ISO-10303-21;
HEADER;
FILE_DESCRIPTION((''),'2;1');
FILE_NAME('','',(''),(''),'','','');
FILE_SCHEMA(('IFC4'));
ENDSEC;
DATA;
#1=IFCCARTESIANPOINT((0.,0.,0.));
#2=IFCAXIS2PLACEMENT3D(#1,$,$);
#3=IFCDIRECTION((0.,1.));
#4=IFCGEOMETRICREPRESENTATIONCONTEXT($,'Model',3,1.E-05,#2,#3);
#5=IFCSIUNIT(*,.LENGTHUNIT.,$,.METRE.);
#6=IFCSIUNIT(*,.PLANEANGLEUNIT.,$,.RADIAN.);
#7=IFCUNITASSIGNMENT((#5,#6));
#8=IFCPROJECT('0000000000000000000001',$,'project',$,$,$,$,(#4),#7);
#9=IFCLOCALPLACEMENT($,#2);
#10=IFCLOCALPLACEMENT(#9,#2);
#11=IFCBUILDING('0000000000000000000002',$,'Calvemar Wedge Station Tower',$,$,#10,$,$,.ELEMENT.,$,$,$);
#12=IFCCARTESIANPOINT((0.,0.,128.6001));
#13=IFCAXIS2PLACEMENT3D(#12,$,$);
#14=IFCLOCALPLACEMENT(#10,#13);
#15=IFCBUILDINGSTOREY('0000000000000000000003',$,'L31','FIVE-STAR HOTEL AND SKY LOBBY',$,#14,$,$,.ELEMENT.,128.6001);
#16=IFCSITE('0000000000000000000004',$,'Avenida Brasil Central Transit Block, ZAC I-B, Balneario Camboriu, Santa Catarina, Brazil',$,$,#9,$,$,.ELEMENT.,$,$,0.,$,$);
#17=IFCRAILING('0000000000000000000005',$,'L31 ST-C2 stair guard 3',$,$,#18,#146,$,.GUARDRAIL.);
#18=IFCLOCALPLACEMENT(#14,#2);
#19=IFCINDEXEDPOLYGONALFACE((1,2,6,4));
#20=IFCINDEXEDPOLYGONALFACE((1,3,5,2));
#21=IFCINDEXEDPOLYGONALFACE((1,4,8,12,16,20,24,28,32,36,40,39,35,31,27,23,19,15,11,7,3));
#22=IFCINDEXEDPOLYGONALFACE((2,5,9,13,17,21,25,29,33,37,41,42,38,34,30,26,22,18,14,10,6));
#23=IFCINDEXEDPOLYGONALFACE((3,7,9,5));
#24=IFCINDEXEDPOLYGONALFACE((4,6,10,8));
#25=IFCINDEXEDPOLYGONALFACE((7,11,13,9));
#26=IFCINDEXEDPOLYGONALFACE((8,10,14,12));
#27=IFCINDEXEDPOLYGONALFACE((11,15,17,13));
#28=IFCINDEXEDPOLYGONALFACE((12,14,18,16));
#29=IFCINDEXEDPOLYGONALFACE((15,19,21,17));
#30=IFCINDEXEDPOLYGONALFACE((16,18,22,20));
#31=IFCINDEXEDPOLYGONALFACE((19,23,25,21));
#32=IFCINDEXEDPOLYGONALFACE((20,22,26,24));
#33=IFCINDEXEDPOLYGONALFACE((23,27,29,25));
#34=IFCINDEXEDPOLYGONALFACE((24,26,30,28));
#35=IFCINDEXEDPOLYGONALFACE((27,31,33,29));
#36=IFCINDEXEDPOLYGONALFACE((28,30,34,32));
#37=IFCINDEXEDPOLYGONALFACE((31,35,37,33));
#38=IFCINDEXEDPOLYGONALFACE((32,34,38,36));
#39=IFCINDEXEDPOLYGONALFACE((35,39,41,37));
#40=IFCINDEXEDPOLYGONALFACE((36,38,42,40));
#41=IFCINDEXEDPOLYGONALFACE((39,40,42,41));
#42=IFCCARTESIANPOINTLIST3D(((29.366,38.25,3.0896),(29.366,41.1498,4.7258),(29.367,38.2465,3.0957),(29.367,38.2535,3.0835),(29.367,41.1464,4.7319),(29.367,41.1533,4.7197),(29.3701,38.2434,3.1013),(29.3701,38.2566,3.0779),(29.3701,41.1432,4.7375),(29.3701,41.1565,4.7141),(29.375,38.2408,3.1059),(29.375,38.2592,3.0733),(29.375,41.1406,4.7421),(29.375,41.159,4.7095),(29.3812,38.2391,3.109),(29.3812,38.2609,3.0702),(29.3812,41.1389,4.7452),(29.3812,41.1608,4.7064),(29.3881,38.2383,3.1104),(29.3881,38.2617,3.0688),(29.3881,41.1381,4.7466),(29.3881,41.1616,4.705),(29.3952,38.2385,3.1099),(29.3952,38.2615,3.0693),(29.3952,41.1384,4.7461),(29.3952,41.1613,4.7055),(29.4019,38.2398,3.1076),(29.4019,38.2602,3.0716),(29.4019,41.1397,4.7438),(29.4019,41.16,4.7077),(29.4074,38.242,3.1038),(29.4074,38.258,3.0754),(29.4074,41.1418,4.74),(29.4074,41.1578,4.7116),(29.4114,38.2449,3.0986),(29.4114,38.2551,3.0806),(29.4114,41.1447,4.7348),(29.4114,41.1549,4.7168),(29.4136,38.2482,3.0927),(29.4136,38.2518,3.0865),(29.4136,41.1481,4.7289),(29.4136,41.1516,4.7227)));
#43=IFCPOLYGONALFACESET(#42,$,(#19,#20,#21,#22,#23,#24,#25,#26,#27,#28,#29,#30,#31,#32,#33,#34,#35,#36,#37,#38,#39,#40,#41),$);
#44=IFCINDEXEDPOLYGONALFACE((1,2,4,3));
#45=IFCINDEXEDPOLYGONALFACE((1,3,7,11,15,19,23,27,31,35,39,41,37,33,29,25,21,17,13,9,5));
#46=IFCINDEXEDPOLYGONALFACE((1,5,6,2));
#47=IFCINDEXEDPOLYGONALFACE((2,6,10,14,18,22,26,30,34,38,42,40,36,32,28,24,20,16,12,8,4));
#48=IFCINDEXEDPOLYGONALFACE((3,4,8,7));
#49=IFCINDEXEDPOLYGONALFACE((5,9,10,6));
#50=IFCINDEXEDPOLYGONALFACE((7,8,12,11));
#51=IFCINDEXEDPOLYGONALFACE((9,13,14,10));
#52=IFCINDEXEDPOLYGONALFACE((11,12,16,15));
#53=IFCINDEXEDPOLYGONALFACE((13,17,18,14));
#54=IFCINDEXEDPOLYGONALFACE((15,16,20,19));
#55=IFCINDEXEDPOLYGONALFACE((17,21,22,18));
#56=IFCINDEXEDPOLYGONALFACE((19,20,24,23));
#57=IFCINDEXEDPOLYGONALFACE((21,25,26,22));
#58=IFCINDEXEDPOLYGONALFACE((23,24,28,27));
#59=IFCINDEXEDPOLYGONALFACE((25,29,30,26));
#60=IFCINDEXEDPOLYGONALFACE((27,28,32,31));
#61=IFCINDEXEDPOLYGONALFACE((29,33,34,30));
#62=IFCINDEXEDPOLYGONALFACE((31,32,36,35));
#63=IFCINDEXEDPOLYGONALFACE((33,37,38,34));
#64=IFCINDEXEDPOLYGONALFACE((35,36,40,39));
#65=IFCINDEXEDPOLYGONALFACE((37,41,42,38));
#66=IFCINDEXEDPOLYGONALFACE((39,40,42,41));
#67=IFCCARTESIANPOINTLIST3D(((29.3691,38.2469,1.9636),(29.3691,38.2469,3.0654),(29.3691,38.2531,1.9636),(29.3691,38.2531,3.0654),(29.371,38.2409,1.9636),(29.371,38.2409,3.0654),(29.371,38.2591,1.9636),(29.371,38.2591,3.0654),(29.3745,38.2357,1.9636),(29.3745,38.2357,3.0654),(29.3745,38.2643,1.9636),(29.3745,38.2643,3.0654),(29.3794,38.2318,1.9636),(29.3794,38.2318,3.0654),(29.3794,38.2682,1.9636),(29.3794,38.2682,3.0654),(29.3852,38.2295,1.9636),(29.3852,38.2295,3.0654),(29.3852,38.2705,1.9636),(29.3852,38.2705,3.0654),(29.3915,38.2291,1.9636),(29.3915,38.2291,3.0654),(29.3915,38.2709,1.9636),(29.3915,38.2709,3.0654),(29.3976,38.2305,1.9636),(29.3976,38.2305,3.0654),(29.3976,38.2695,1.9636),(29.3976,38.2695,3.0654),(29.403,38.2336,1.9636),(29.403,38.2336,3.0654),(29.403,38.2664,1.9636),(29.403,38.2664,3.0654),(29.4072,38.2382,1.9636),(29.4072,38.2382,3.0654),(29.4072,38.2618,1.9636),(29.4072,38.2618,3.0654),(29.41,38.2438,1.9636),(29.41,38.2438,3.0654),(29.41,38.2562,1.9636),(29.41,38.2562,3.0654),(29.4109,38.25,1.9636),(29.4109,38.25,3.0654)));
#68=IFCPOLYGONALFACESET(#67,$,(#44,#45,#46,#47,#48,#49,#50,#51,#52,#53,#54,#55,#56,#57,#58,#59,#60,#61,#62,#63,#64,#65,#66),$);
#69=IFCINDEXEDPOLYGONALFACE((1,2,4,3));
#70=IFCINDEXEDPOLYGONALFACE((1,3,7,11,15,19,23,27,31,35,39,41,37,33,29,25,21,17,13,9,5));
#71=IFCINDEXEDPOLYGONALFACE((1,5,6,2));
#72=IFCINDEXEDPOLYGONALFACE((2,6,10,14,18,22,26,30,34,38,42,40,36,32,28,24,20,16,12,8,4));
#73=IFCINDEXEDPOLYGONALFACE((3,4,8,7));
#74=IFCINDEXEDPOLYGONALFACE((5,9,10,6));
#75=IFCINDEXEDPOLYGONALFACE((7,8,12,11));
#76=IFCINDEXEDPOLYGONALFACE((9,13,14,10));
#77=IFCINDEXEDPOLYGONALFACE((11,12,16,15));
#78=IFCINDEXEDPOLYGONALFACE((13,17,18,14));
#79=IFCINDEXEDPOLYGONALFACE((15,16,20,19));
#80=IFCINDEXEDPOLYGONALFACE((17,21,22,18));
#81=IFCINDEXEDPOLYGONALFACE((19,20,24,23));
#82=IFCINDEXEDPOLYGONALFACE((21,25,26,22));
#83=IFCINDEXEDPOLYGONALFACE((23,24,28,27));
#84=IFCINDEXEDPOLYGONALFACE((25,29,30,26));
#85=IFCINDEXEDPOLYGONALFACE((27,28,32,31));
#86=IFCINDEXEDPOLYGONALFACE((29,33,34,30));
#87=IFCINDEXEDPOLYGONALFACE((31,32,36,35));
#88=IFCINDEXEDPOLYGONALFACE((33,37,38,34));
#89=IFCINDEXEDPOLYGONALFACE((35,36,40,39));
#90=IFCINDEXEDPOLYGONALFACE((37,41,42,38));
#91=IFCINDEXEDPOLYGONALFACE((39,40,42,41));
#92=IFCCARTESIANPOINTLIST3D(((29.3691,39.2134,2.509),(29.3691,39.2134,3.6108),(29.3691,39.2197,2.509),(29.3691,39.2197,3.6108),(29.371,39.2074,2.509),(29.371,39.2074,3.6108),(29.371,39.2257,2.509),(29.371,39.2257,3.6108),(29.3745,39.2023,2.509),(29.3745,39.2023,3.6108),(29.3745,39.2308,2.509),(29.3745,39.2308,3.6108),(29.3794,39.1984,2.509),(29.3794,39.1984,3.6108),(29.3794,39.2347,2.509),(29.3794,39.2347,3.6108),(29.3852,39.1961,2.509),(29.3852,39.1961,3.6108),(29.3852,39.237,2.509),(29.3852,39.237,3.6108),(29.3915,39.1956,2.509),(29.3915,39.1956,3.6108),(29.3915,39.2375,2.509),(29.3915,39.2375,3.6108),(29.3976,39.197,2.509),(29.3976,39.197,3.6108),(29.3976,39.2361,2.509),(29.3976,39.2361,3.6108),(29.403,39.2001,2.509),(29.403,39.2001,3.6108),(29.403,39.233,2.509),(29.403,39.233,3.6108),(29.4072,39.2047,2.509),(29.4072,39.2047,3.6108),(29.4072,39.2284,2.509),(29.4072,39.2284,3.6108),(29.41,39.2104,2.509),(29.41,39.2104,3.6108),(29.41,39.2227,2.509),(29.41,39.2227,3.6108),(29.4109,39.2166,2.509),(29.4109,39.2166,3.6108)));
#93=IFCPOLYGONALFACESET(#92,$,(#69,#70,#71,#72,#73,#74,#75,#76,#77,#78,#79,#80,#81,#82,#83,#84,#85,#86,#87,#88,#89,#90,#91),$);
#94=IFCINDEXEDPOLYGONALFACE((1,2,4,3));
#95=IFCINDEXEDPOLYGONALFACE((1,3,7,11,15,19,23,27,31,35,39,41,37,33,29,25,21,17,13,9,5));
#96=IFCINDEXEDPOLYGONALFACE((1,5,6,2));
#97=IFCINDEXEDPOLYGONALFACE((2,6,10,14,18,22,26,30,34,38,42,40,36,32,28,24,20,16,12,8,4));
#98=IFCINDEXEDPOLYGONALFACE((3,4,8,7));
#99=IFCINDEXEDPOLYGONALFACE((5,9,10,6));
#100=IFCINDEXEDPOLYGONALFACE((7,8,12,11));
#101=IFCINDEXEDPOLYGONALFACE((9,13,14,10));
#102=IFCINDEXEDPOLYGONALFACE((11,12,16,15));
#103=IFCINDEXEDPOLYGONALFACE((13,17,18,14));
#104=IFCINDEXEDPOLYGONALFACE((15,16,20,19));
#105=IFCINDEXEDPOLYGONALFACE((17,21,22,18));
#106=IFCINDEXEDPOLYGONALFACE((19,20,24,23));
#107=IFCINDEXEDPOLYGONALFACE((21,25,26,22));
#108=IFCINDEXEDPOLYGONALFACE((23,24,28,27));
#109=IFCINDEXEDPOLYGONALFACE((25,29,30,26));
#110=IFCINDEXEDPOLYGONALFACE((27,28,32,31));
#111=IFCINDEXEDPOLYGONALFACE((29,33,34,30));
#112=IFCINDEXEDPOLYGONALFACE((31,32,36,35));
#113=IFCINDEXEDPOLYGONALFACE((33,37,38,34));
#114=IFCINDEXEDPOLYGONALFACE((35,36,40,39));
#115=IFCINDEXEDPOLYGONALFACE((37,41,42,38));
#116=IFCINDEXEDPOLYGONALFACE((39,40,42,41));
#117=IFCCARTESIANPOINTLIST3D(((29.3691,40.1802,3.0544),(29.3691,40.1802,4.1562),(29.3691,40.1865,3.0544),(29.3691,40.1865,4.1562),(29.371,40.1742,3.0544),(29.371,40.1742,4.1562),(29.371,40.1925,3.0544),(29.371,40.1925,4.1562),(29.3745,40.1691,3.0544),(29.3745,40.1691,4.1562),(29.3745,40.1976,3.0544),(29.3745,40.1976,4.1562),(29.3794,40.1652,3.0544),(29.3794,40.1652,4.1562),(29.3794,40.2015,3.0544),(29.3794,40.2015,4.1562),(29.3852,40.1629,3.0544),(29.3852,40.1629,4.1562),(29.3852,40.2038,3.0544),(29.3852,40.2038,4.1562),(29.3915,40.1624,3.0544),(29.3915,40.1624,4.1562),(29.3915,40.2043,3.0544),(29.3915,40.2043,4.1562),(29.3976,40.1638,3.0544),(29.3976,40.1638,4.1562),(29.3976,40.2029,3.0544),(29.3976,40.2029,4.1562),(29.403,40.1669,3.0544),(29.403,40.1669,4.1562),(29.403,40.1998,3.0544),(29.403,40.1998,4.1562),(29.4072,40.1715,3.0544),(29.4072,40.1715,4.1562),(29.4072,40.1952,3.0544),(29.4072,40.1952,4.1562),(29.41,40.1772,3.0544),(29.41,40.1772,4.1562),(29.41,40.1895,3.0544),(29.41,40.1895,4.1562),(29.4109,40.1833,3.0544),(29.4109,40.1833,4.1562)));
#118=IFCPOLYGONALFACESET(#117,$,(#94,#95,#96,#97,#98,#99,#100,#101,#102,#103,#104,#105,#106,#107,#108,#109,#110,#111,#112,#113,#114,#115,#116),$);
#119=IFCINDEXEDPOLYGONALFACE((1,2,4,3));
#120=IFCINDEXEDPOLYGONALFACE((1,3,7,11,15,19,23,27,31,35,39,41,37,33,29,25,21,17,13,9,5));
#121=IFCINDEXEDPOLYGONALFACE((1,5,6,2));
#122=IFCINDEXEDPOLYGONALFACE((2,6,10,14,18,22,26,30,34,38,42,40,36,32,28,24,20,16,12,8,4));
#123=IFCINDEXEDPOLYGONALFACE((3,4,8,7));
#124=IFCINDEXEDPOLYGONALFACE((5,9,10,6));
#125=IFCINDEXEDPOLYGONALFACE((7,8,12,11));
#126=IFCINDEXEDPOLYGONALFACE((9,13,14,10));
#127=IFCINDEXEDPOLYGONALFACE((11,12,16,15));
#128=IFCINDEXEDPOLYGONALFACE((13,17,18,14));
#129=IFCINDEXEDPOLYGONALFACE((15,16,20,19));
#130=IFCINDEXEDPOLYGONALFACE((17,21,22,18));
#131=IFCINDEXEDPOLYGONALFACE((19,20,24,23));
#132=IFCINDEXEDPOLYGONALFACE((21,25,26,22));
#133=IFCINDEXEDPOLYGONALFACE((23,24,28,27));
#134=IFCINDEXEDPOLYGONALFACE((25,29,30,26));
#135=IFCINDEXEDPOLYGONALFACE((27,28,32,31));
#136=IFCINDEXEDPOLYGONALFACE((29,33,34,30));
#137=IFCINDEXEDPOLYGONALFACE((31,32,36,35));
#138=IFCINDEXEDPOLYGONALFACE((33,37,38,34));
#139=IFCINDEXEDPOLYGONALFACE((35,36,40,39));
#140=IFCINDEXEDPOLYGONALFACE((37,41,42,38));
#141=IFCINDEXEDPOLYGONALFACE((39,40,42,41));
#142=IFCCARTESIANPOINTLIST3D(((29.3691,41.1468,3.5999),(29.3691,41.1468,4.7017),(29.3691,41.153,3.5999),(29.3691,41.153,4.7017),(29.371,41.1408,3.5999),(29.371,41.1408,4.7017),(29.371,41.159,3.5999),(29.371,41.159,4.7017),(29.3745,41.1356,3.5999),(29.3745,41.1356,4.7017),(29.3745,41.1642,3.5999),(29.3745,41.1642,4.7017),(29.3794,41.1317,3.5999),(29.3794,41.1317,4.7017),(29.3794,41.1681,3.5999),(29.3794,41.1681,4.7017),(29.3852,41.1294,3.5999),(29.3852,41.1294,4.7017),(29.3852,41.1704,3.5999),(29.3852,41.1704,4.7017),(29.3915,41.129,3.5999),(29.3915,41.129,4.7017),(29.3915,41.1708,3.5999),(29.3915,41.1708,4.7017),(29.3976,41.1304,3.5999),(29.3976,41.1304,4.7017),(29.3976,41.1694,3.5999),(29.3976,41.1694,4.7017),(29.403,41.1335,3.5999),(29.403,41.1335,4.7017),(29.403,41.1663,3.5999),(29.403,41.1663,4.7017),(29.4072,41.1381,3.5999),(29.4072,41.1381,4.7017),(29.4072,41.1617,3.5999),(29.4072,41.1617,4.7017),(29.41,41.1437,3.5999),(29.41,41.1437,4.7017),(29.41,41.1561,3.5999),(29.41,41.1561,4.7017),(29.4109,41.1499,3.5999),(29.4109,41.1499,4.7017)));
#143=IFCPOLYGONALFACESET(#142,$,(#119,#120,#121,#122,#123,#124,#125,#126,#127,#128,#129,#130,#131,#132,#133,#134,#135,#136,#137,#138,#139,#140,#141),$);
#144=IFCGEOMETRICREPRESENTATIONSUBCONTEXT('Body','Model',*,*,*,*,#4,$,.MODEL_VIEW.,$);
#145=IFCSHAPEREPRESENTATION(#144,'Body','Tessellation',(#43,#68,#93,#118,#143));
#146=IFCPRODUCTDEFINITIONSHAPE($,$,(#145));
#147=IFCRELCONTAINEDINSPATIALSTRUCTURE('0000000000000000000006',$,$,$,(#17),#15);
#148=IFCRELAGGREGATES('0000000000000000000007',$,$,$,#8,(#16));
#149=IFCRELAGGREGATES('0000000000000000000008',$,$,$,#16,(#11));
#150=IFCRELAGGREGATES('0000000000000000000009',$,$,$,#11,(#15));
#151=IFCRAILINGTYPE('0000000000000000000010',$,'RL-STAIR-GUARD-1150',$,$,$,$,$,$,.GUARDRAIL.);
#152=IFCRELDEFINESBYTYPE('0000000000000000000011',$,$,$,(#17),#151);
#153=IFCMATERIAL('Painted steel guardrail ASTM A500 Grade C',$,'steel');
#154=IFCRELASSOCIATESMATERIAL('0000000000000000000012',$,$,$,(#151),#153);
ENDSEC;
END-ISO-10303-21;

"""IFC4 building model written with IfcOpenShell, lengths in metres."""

from ifc_helpers import new_model, si_unit, direction, frame, origin, origin_2d, place, context, subcontext, project, spatial, circle, extrude, material, type_object, element, save


model = new_model("IFC4")

# Units and contexts
model_context = context("Model", 3, precision=1e-05, world=origin(), true_north=direction((0.0, 1.0)))
body_context = subcontext(model_context, "Body", "Model", "MODEL_VIEW")
ifc_project = project(units=[si_unit("LENGTHUNIT", "METRE"), si_unit("PLANEANGLEUNIT", "RADIAN")], contexts=[model_context])

# Site, building, storey
site_placement = place(None, origin())
site = spatial("IfcSite", under=ifc_project, at=site_placement, Name="Avenida Brasil Central Transit Block, ZAC I-B, Balneario Camboriu, Santa Catarina, Brazil", CompositionType="ELEMENT", RefElevation=0.0)
building_placement = place(site_placement, origin())
building = spatial("IfcBuilding", under=site, at=building_placement, Name="Calvemar Wedge Station Tower", CompositionType="ELEMENT")
storey_placement = place(building_placement, frame((0.0, 0.0, 128.6001)))
storey = spatial("IfcBuildingStorey", under=building, at=storey_placement, Name="L31", Description="FIVE-STAR HOTEL AND SKY LOBBY", CompositionType="ELEMENT", Elevation=128.6001)

# Railing
ifc_material_1 = material(Name="Painted steel guardrail ASTM A500 Grade C", Category="steel")
railing_type_1 = type_object("IfcRailingType", Name="RL-STAIR-GUARD-1150", PredefinedType="GUARDRAIL", material=ifc_material_1)
railing_1_placement = place(storey_placement, frame((29.3899, 38.25, 1.9636)))
element("IfcRailing", 1, at=railing_1_placement, inside=storey, type_object=railing_type_1, Name="L31 ST-C2 stair guard 3", PredefinedType="GUARDRAIL", context=body_context, shape_type="SweptSolid", body=[
    extrude(circle(Radius=0.0239, at=origin_2d()), frame((0.0, 0.0, 1.126), z_axis=(0.0, 0.870929, 0.49141), x_axis=(-1.0, 0.0, 0.0)), (0.0, 0.0, 1.0), 3.3296),
    extrude(circle(Radius=0.021, at=origin_2d()), origin(), (0.0, 0.0, 1.0), 1.1018),
    extrude(circle(Radius=0.021, at=origin_2d()), frame((0.0, 0.9666, 0.5454)), (0.0, 0.0, 1.0), 1.1018),
    extrude(circle(Radius=0.021, at=origin_2d()), frame((0.0, 1.9333, 1.0908)), (0.0, 0.0, 1.0), 1.1018),
    extrude(circle(Radius=0.021, at=origin_2d()), frame((0.0, 2.8999, 1.6362)), (0.0, 0.0, 1.0), 1.1018),
])

save(model, "model.ifc")
